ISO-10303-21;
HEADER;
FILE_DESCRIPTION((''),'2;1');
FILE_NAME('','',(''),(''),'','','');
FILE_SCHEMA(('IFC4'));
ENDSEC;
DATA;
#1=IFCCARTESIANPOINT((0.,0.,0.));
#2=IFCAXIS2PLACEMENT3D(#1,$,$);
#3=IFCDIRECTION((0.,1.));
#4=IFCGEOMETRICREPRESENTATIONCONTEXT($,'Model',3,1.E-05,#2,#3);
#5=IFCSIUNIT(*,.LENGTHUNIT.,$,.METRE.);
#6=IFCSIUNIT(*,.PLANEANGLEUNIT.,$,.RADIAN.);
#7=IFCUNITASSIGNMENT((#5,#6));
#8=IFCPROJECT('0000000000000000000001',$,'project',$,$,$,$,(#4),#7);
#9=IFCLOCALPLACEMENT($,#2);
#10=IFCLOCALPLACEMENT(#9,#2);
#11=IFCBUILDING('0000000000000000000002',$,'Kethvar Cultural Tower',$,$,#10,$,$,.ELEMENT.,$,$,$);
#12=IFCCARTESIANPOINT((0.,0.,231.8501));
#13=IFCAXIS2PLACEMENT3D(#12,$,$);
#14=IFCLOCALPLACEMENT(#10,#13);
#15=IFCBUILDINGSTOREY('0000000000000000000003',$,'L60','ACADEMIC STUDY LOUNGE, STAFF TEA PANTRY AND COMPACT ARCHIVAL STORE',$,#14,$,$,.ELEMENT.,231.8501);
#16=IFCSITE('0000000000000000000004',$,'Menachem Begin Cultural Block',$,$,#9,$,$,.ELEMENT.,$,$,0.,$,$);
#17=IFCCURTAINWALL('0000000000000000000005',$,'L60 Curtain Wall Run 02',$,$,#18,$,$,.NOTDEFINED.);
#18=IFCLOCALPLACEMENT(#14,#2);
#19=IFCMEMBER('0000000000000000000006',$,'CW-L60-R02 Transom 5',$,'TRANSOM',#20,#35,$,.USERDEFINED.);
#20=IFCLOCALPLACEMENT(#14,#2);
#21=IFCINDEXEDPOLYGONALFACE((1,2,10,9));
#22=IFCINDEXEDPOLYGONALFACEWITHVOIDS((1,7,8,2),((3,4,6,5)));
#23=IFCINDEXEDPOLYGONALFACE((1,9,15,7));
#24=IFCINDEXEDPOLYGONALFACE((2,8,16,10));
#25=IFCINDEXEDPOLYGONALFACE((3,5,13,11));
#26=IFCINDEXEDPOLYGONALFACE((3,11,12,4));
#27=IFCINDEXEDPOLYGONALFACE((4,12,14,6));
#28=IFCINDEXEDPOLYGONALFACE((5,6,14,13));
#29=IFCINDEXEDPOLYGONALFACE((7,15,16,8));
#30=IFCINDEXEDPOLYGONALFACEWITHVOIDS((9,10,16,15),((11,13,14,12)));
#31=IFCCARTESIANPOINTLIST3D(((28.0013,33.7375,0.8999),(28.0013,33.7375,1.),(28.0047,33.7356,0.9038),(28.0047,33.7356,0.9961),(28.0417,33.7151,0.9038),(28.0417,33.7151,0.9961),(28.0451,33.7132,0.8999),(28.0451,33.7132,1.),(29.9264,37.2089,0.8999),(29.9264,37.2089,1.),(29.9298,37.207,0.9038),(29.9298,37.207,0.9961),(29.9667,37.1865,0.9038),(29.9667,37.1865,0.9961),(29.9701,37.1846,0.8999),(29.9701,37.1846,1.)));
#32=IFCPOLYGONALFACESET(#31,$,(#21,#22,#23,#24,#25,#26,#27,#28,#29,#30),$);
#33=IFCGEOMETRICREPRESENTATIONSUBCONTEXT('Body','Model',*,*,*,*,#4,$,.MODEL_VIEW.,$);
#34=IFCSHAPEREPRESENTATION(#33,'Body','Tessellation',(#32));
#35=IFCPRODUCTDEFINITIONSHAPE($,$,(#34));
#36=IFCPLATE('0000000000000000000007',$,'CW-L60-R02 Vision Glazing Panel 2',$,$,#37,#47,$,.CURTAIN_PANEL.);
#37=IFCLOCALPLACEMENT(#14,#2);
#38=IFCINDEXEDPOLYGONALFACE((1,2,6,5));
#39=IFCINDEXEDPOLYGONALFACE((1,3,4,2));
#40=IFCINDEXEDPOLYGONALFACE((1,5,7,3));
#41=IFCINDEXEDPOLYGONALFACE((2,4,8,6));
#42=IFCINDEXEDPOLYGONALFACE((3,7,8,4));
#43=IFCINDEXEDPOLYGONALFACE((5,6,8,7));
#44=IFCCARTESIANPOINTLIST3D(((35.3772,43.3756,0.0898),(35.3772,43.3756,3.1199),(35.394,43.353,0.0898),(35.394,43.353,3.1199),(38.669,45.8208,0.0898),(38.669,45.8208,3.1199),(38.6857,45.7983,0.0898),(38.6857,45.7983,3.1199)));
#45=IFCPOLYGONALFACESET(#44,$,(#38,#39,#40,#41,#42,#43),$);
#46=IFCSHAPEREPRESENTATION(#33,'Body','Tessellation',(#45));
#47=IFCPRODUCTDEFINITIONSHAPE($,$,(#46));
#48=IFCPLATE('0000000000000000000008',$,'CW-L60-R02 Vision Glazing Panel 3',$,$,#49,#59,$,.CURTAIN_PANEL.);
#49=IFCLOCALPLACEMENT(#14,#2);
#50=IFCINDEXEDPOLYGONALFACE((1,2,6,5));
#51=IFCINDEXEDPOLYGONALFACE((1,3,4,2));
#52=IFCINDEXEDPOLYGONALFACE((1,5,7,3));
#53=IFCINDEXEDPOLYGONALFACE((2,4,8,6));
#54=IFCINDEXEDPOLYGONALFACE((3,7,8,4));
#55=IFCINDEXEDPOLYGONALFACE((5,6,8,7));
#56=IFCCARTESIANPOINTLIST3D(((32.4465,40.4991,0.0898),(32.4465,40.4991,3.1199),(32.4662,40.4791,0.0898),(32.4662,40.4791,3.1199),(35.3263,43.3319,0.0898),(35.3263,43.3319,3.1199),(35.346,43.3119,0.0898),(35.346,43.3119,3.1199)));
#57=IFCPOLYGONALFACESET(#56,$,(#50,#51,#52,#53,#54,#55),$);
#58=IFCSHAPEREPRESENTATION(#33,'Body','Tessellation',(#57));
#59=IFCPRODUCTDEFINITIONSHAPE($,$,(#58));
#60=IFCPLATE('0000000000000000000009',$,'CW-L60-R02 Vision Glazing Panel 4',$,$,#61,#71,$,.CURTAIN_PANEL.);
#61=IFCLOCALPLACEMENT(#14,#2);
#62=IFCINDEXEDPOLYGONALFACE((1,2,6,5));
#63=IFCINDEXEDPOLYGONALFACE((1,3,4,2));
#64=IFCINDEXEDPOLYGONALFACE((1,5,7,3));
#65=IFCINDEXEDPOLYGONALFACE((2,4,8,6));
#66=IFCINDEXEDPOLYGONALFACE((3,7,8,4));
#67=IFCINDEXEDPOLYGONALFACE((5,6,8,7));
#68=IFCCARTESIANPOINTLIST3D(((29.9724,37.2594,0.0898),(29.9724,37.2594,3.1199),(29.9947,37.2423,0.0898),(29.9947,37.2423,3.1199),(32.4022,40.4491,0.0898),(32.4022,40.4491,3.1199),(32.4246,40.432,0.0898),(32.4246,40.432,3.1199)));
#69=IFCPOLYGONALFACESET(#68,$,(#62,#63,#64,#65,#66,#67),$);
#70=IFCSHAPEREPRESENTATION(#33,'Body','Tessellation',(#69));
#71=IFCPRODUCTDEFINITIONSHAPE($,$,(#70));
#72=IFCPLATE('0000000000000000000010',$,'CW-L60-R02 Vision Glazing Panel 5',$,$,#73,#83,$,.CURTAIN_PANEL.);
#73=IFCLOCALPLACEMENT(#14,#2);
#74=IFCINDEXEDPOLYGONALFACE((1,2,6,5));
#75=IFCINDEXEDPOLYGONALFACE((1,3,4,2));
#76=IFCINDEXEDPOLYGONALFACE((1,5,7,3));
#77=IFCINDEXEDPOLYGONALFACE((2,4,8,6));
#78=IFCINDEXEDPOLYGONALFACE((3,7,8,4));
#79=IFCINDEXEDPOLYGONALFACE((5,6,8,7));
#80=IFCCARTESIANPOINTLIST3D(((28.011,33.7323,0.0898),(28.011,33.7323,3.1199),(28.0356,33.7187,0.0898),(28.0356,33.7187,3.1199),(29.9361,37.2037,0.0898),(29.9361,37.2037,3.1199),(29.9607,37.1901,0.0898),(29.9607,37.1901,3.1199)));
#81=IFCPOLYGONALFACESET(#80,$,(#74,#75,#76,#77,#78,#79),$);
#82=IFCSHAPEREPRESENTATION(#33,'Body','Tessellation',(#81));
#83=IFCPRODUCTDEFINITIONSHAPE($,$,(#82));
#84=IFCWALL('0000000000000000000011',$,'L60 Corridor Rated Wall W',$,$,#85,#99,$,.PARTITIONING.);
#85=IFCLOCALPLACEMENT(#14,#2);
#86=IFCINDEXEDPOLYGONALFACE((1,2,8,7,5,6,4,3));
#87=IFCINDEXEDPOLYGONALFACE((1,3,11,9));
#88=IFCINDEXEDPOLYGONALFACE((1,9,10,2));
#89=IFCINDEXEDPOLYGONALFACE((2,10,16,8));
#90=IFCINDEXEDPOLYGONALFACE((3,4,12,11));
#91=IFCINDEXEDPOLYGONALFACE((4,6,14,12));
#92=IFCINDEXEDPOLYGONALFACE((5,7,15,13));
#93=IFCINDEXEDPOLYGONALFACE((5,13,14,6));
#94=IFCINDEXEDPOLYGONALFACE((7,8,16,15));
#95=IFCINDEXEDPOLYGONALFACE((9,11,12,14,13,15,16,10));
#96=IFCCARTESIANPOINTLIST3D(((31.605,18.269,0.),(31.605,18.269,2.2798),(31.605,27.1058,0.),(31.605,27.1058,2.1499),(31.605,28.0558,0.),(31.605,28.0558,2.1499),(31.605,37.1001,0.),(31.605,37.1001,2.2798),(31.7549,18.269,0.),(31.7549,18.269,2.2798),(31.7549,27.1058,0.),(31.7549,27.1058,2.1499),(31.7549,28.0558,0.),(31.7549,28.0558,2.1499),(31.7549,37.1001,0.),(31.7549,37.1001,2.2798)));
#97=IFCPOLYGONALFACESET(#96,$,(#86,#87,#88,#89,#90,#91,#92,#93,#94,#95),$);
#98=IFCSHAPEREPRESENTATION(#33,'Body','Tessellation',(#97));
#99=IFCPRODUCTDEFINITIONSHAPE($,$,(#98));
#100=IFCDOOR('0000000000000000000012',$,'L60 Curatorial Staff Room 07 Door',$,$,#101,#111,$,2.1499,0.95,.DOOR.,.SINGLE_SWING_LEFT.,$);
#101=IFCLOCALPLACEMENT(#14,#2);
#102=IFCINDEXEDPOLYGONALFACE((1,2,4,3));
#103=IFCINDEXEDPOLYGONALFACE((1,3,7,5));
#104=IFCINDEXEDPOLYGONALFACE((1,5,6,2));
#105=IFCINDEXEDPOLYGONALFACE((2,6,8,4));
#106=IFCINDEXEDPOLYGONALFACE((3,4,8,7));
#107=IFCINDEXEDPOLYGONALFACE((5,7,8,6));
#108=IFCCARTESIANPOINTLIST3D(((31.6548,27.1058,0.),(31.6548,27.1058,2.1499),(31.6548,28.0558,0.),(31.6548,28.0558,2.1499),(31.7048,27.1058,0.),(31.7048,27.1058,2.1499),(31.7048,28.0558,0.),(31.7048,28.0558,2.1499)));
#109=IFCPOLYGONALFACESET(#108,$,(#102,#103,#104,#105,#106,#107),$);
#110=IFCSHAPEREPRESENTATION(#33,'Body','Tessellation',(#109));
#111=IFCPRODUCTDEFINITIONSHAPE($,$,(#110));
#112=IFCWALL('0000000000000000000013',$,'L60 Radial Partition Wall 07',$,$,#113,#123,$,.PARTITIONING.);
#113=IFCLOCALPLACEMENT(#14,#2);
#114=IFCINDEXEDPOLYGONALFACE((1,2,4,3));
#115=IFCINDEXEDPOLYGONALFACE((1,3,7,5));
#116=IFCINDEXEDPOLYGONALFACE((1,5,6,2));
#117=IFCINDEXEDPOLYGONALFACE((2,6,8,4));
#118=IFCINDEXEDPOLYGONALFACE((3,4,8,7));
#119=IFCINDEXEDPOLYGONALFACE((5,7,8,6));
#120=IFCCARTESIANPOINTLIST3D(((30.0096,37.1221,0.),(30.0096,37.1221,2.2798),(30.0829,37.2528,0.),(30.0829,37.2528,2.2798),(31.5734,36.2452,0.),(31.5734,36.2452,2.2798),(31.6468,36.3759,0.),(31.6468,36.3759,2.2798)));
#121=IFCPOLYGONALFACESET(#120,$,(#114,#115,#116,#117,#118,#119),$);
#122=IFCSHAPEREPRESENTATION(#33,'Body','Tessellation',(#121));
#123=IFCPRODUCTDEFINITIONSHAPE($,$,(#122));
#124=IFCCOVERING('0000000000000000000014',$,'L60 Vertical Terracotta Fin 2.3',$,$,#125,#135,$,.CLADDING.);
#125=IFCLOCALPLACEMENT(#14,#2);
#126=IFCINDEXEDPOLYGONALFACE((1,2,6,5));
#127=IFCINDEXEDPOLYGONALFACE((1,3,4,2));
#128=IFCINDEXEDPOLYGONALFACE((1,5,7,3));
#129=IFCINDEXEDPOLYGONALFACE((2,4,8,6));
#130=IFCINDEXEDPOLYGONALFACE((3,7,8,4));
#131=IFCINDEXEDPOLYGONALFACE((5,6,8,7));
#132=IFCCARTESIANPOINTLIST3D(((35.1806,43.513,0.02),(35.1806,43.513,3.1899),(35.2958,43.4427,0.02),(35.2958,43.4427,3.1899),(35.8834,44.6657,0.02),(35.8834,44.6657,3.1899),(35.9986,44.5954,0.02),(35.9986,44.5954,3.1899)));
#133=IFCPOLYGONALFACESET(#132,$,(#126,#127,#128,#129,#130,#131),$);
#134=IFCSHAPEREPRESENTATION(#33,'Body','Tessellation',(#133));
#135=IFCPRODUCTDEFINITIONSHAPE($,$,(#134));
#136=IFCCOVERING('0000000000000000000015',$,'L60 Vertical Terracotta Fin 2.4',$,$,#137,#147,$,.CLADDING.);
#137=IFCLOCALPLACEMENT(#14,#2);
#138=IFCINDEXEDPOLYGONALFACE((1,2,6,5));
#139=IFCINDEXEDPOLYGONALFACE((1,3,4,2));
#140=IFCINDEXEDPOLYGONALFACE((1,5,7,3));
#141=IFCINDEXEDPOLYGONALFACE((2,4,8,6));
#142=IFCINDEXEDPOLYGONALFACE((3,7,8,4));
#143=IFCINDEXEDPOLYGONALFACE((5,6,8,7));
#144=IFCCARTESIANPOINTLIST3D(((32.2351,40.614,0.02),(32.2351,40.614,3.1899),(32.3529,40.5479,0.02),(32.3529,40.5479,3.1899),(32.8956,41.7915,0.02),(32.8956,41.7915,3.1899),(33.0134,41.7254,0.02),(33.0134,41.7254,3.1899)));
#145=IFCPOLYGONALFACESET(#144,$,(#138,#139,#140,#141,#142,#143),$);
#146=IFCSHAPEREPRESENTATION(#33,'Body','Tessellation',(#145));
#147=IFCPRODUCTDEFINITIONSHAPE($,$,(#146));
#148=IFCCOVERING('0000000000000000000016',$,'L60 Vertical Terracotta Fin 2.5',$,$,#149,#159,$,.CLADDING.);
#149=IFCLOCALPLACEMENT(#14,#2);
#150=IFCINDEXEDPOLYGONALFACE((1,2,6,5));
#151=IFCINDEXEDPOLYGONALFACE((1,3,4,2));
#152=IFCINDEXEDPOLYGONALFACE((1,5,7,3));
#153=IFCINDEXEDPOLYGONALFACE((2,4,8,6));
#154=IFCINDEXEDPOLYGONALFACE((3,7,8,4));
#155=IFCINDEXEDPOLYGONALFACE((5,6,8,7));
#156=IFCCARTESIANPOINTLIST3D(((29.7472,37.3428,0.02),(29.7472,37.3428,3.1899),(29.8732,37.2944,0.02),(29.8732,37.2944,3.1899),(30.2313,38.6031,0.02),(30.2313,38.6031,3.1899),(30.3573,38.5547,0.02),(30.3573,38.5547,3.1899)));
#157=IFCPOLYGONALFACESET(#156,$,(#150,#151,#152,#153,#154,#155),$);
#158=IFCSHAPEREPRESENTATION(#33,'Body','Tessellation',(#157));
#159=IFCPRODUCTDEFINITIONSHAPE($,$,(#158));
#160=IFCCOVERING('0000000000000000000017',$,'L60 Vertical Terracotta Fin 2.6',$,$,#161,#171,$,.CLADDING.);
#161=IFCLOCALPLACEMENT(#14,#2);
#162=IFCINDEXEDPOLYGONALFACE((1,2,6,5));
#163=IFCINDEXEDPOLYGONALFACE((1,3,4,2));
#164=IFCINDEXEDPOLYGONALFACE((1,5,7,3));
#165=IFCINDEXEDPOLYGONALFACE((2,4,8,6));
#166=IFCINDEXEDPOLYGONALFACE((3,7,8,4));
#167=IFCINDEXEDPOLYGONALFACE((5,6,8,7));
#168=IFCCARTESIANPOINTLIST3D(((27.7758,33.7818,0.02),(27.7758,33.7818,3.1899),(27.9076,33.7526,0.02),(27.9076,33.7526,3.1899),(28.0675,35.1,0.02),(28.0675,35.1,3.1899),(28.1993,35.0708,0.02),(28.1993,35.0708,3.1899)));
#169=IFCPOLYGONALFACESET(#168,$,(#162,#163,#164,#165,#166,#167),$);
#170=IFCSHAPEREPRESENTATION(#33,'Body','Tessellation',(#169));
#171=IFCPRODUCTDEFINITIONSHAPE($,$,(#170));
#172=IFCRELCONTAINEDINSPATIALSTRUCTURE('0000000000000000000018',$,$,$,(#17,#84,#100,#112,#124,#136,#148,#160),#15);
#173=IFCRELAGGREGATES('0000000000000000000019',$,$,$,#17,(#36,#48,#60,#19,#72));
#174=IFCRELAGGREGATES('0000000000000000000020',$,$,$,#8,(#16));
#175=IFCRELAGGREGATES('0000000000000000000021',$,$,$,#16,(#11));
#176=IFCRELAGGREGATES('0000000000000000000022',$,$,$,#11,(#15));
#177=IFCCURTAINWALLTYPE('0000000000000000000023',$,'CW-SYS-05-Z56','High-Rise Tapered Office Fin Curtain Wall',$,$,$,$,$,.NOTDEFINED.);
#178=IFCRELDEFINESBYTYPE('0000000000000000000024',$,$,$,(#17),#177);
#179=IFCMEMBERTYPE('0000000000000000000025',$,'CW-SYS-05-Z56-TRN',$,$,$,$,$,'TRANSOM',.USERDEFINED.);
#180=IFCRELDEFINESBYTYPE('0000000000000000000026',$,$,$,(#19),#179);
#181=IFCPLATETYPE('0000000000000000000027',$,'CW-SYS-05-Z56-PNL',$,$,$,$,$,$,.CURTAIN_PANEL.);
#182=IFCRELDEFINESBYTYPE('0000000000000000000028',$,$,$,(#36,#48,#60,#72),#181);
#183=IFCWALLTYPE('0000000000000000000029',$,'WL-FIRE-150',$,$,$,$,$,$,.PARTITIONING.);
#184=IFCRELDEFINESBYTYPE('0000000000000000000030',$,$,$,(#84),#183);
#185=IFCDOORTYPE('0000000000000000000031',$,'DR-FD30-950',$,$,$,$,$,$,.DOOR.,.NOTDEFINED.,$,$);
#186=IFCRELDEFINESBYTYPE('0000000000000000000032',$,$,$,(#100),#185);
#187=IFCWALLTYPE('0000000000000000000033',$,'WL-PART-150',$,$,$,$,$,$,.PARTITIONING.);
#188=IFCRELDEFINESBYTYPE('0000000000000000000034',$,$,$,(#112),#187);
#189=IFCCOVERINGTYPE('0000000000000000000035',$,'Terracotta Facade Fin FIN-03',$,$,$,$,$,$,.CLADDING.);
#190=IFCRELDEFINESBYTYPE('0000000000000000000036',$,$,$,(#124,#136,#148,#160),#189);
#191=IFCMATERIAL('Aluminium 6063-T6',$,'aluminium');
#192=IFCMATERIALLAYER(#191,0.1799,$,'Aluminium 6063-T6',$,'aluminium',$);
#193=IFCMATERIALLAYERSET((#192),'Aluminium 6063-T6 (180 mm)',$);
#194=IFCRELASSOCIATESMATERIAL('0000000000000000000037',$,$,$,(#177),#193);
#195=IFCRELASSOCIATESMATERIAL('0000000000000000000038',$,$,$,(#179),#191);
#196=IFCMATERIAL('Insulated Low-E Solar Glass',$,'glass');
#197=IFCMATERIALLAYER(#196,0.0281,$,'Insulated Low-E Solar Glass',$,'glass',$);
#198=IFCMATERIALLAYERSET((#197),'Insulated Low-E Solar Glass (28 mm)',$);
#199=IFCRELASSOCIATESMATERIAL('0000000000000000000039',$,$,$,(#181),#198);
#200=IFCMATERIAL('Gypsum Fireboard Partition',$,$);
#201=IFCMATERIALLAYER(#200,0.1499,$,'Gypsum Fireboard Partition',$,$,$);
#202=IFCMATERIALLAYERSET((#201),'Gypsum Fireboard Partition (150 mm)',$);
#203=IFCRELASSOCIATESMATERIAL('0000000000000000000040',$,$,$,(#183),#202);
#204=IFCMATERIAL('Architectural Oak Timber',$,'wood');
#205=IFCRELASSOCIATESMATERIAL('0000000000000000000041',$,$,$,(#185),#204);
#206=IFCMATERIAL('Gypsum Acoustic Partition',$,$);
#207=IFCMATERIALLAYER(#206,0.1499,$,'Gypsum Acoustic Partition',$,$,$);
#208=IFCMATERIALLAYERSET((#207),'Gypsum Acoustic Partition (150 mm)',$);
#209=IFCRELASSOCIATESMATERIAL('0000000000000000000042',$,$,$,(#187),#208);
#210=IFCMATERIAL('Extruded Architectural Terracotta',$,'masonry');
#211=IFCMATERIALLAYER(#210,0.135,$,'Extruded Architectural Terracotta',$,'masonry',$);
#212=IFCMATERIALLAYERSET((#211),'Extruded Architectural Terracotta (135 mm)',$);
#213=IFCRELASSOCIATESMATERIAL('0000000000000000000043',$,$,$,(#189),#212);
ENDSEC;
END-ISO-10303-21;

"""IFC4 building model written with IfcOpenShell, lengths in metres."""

from ifc_helpers import new_model, si_unit, direction, frame, frame_2d, origin, origin_2d, place, context, subcontext, project, spatial, rectangle, hollow_rectangle, extrude, source, transform, mapped, material, layer, layer_set, material_profile, profile_set, type_object, element, fill, aggregate, save


model = new_model("IFC4")

# Units and contexts
model_context = context("Model", 3, precision=1e-05, world=origin(), true_north=direction((0.0, 1.0)))
body_context = subcontext(model_context, "Body", "Model", "MODEL_VIEW")
ifc_project = project(units=[si_unit("LENGTHUNIT", "METRE"), si_unit("PLANEANGLEUNIT", "RADIAN")], contexts=[model_context])

# Site, building, storey
site_placement = place(None, origin())
site = spatial("IfcSite", under=ifc_project, at=site_placement, Name="Menachem Begin Cultural Block", CompositionType="ELEMENT", RefElevation=0.0)
building_placement = place(site_placement, origin())
building = spatial("IfcBuilding", under=site, at=building_placement, Name="Kethvar Cultural Tower", CompositionType="ELEMENT")
storey_placement = place(building_placement, frame((0.0, 0.0, 231.8501)))
storey = spatial("IfcBuildingStorey", under=building, at=storey_placement, Name="L60", Description="ACADEMIC STUDY LOUNGE, STAFF TEA PANTRY AND COMPACT ARCHIVAL STORE", CompositionType="ELEMENT", Elevation=231.8501)

# Curtain wall, member, plates
ifc_material_1 = material(Name="Aluminium 6063-T6", Category="aluminium")
ifc_layer_1 = layer(ifc_material_1, 0.1799, Name="Aluminium 6063-T6", Category="aluminium")
ifc_layer_set_1 = layer_set([ifc_layer_1], Name="Aluminium 6063-T6 (180 mm)")
curtain_wall_type = type_object("IfcCurtainWallType", Name="CW-SYS-05-Z56", Description="High-Rise Tapered Office Fin Curtain Wall", PredefinedType="NOTDEFINED", material=ifc_layer_set_1)
curtain_wall_placement = place(storey_placement, origin())
curtain_wall = element("IfcCurtainWall", 1, at=curtain_wall_placement, inside=storey, type_object=curtain_wall_type, Name="L60 Curtain Wall Run 02", PredefinedType="NOTDEFINED")
ifc_material_profile_1 = material_profile(ifc_material_1, hollow_rectangle(XDim=0.05, YDim=0.1001, WallThickness=0.0039, at=origin_2d()), Name="Aluminium 6063-T6 — RHS100x50x4")
ifc_profile_set_1 = profile_set([ifc_material_profile_1], Name="Aluminium 6063-T6 — RHS100x50x4")
member_type_1 = type_object("IfcMemberType", Name="CW-SYS-05-Z56-TRN", ElementType="TRANSOM", PredefinedType="USERDEFINED", material=ifc_profile_set_1)
shared_shape_1 = source(origin(), body_context, "Body", "SweptSolid", [
    extrude(hollow_rectangle(XDim=0.05, YDim=0.1001, WallThickness=0.0039, at=origin_2d()), origin(), (0.0, 0.0, 1.0), 3.9695),
])
member_1_placement = place(storey_placement, frame((29.9482, 37.1968, 0.95), z_axis=(-0.484964, -0.874534, 0.0), x_axis=(0.874534, -0.484964, 0.0)))
member_1 = element("IfcMember", 2, at=member_1_placement, type_object=member_type_1, Name="CW-L60-R02 Transom 5", ObjectType="TRANSOM", PredefinedType="USERDEFINED", context=body_context, shape_type="MappedRepresentation", body=[
    mapped(shared_shape_1, transform((0.0, 0.0, 0.0), scale=1.0)),
])
ifc_material_2 = material(Name="Insulated Low-E Solar Glass", Category="glass")
ifc_layer_2 = layer(ifc_material_2, 0.0281, Name="Insulated Low-E Solar Glass", Category="glass")
ifc_layer_set_2 = layer_set([ifc_layer_2], Name="Insulated Low-E Solar Glass (28 mm)")
plate_type = type_object("IfcPlateType", Name="CW-SYS-05-Z56-PNL", PredefinedType="CURTAIN_PANEL", material=ifc_layer_set_2)
shared_shape_2 = source(origin(), body_context, "Body", "SweptSolid", [
    extrude(rectangle(XDim=4.1006, YDim=0.0281, at=origin_2d()), origin(), (0.0, 0.0, 1.0), 3.03),
])
plate_1_placement = place(storey_placement, frame((37.0315, 44.5869, 0.0898), z_axis=(0.0, 0.0, 1.0), x_axis=(-0.802755, -0.596309, 0.0)))
plate_1 = element("IfcPlate", 3, at=plate_1_placement, type_object=plate_type, Name="CW-L60-R02 Vision Glazing Panel 2", PredefinedType="CURTAIN_PANEL", context=body_context, shape_type="MappedRepresentation", body=[
    mapped(shared_shape_2, transform((0.0, 0.0, 0.0), scale=1.0)),
])
shared_shape_3 = source(origin(), body_context, "Body", "SweptSolid", [
    extrude(rectangle(XDim=4.0396, YDim=0.0281, at=origin_2d()), origin(), (0.0, 0.0, 1.0), 3.03),
])
plate_2_placement = place(storey_placement, frame((33.8962, 41.9055, 0.0898), z_axis=(0.0, 0.0, 1.0), x_axis=(-0.712908, -0.701258, 0.0)))
plate_2 = element("IfcPlate", 4, at=plate_2_placement, type_object=plate_type, Name="CW-L60-R02 Vision Glazing Panel 3", PredefinedType="CURTAIN_PANEL", context=body_context, shape_type="MappedRepresentation", body=[
    mapped(shared_shape_3, transform((0.0, 0.0, 0.0), scale=1.0)),
])
shared_shape_4 = source(origin(), body_context, "Body", "SweptSolid", [
    extrude(rectangle(XDim=4.0098, YDim=0.0281, at=origin_2d()), origin(), (0.0, 0.0, 1.0), 3.03),
])
plate_3_placement = place(storey_placement, frame((31.1985, 38.8457, 0.0898), z_axis=(0.0, 0.0, 1.0), x_axis=(-0.605975, -0.795484, 0.0)))
plate_3 = element("IfcPlate", 5, at=plate_3_placement, type_object=plate_type, Name="CW-L60-R02 Vision Glazing Panel 4", PredefinedType="CURTAIN_PANEL", context=body_context, shape_type="MappedRepresentation", body=[
    mapped(shared_shape_4, transform((0.0, 0.0, 0.0), scale=1.0)),
])
shared_shape_5 = source(origin(), body_context, "Body", "SweptSolid", [
    extrude(rectangle(XDim=3.9695, YDim=0.0281, at=origin_2d()), origin(), (0.0, 0.0, 1.0), 3.03),
])
plate_4_placement = place(storey_placement, frame((28.9858, 35.4612, 0.0898), z_axis=(0.0, 0.0, 1.0), x_axis=(-0.484978, -0.874527, 0.0)))
plate_4 = element("IfcPlate", 6, at=plate_4_placement, type_object=plate_type, Name="CW-L60-R02 Vision Glazing Panel 5", PredefinedType="CURTAIN_PANEL", context=body_context, shape_type="MappedRepresentation", body=[
    mapped(shared_shape_5, transform((0.0, 0.0, 0.0), scale=1.0)),
])
aggregate(curtain_wall, [plate_1, plate_2, plate_3, member_1, plate_4])

# Wall, opening, door
ifc_material_3 = material(Name="Gypsum Fireboard Partition")
ifc_layer_3 = layer(ifc_material_3, 0.1499, Name="Gypsum Fireboard Partition")
ifc_layer_set_3 = layer_set([ifc_layer_3], Name="Gypsum Fireboard Partition (150 mm)")
wall_type_1 = type_object("IfcWallType", Name="WL-FIRE-150", PredefinedType="PARTITIONING", material=ifc_layer_set_3)
wall_1_placement = place(storey_placement, frame((31.6799, 37.1001, 0.0), z_axis=(0.0, 0.0, 1.0), x_axis=(0.0, -1.0, 0.0)))
wall_1 = element("IfcWall", 7, at=wall_1_placement, inside=storey, type_object=wall_type_1, Name="L60 Corridor Rated Wall W", PredefinedType="PARTITIONING", context=body_context, shape_type="SweptSolid", body=[
    extrude(rectangle(XDim=18.8311, YDim=0.1499, at=frame_2d((9.4155, 0.0))), origin(), (0.0, 0.0, 1.0), 2.2798),
])
opening_placement = place(wall_1_placement, frame((9.0442, 0.0, 0.0)))
opening = element("IfcOpeningElement", 8, at=opening_placement, cuts=wall_1, PredefinedType="OPENING", context=body_context, shape_type="SweptSolid", body=[
    extrude(rectangle(XDim=0.95, YDim=2.1499, at=frame_2d((0.4751, 1.075))), frame((0.0, 0.085, 0.0), z_axis=(0.0, -1.0, 0.0), x_axis=(1.0, 0.0, 0.0)), (0.0, 0.0, 1.0), 0.1699),
])
ifc_material_4 = material(Name="Architectural Oak Timber", Category="wood")
door_type = type_object("IfcDoorType", Name="DR-FD30-950", OperationType="NOTDEFINED", PredefinedType="DOOR", material=ifc_material_4)
shared_shape_6 = source(origin(), body_context, "Body", "SweptSolid", [
    extrude(rectangle(XDim=0.95, YDim=2.1499, at=frame_2d((0.4751, 1.075))), frame((0.0, 0.0249, 0.0), z_axis=(0.0, -1.0, 0.0), x_axis=(1.0, 0.0, 0.0)), (0.0, 0.0, 1.0), 0.05),
])
door_placement = place(opening_placement, origin())
door = element("IfcDoor", 9, at=door_placement, inside=storey, type_object=door_type, Name="L60 Curatorial Staff Room 07 Door", OperationType="SINGLE_SWING_LEFT", OverallHeight=2.1499, OverallWidth=0.95, PredefinedType="DOOR", context=body_context, shape_type="MappedRepresentation", body=[
    mapped(shared_shape_6, transform((0.0, 0.0, 0.0), scale=1.0)),
])
fill(opening, door)

# Wall
ifc_material_5 = material(Name="Gypsum Acoustic Partition")
ifc_layer_4 = layer(ifc_material_5, 0.1499, Name="Gypsum Acoustic Partition")
ifc_layer_set_4 = layer_set([ifc_layer_4], Name="Gypsum Acoustic Partition (150 mm)")
wall_type_2 = type_object("IfcWallType", Name="WL-PART-150", PredefinedType="PARTITIONING", material=ifc_layer_set_4)
wall_2_placement = place(storey_placement, frame((31.6101, 36.3105, 0.0), z_axis=(0.0, 0.0, 1.0), x_axis=(-0.872237, 0.489084, 0.0)))
element("IfcWall", 10, at=wall_2_placement, inside=storey, type_object=wall_type_2, Name="L60 Radial Partition Wall 07", PredefinedType="PARTITIONING", context=body_context, shape_type="SweptSolid", body=[
    extrude(rectangle(XDim=1.793, YDim=0.1499, at=frame_2d((0.8965, 0.0))), origin(), (0.0, 0.0, 1.0), 2.2798),
])

# Coverings
ifc_material_6 = material(Name="Extruded Architectural Terracotta", Category="masonry")
ifc_layer_5 = layer(ifc_material_6, 0.135, Name="Extruded Architectural Terracotta", Category="masonry")
ifc_layer_set_5 = layer_set([ifc_layer_5], Name="Extruded Architectural Terracotta (135 mm)")
covering_type = type_object("IfcCoveringType", Name="Terracotta Facade Fin FIN-03", PredefinedType="CLADDING", material=ifc_layer_set_5)
shared_shape_7 = source(origin(), body_context, "Body", "SweptSolid", [
    extrude(rectangle(XDim=1.3501, YDim=0.135, at=origin_2d()), origin(), (0.0, 0.0, 1.0), 3.1699),
])
for number, where, z_axis, x_axis, name in (
    (11, (35.5896, 44.0542, 0.02), (0.0, 0.0, 1.0), (0.520563, 0.853823, 0.0), "L60 Vertical Terracotta Fin 2.3"),
    (12, (32.6243, 41.1697, 0.02), (0.0, 0.0, 1.0), (0.48923, 0.872155, 0.0), "L60 Vertical Terracotta Fin 2.4"),
    (13, (30.0522, 37.9487, 0.02), (0.0, 0.0, 1.0), (0.358531, 0.933518, 0.0), "L60 Vertical Terracotta Fin 2.5"),
    (14, (27.9875, 34.4263, 0.02), (0.0, 0.0, 1.0), (0.216099, 0.976371, 0.0), "L60 Vertical Terracotta Fin 2.6"),
):
    element("IfcCovering", number, at=place(storey_placement, frame(where, z_axis=z_axis, x_axis=x_axis)), inside=storey, type_object=covering_type, Name=name, PredefinedType="CLADDING", context=body_context, shape_type="MappedRepresentation", body=[
        mapped(shared_shape_7, transform((0.0, 0.0, 0.0), scale=1.0)),
    ])

save(model, "model.ifc")
